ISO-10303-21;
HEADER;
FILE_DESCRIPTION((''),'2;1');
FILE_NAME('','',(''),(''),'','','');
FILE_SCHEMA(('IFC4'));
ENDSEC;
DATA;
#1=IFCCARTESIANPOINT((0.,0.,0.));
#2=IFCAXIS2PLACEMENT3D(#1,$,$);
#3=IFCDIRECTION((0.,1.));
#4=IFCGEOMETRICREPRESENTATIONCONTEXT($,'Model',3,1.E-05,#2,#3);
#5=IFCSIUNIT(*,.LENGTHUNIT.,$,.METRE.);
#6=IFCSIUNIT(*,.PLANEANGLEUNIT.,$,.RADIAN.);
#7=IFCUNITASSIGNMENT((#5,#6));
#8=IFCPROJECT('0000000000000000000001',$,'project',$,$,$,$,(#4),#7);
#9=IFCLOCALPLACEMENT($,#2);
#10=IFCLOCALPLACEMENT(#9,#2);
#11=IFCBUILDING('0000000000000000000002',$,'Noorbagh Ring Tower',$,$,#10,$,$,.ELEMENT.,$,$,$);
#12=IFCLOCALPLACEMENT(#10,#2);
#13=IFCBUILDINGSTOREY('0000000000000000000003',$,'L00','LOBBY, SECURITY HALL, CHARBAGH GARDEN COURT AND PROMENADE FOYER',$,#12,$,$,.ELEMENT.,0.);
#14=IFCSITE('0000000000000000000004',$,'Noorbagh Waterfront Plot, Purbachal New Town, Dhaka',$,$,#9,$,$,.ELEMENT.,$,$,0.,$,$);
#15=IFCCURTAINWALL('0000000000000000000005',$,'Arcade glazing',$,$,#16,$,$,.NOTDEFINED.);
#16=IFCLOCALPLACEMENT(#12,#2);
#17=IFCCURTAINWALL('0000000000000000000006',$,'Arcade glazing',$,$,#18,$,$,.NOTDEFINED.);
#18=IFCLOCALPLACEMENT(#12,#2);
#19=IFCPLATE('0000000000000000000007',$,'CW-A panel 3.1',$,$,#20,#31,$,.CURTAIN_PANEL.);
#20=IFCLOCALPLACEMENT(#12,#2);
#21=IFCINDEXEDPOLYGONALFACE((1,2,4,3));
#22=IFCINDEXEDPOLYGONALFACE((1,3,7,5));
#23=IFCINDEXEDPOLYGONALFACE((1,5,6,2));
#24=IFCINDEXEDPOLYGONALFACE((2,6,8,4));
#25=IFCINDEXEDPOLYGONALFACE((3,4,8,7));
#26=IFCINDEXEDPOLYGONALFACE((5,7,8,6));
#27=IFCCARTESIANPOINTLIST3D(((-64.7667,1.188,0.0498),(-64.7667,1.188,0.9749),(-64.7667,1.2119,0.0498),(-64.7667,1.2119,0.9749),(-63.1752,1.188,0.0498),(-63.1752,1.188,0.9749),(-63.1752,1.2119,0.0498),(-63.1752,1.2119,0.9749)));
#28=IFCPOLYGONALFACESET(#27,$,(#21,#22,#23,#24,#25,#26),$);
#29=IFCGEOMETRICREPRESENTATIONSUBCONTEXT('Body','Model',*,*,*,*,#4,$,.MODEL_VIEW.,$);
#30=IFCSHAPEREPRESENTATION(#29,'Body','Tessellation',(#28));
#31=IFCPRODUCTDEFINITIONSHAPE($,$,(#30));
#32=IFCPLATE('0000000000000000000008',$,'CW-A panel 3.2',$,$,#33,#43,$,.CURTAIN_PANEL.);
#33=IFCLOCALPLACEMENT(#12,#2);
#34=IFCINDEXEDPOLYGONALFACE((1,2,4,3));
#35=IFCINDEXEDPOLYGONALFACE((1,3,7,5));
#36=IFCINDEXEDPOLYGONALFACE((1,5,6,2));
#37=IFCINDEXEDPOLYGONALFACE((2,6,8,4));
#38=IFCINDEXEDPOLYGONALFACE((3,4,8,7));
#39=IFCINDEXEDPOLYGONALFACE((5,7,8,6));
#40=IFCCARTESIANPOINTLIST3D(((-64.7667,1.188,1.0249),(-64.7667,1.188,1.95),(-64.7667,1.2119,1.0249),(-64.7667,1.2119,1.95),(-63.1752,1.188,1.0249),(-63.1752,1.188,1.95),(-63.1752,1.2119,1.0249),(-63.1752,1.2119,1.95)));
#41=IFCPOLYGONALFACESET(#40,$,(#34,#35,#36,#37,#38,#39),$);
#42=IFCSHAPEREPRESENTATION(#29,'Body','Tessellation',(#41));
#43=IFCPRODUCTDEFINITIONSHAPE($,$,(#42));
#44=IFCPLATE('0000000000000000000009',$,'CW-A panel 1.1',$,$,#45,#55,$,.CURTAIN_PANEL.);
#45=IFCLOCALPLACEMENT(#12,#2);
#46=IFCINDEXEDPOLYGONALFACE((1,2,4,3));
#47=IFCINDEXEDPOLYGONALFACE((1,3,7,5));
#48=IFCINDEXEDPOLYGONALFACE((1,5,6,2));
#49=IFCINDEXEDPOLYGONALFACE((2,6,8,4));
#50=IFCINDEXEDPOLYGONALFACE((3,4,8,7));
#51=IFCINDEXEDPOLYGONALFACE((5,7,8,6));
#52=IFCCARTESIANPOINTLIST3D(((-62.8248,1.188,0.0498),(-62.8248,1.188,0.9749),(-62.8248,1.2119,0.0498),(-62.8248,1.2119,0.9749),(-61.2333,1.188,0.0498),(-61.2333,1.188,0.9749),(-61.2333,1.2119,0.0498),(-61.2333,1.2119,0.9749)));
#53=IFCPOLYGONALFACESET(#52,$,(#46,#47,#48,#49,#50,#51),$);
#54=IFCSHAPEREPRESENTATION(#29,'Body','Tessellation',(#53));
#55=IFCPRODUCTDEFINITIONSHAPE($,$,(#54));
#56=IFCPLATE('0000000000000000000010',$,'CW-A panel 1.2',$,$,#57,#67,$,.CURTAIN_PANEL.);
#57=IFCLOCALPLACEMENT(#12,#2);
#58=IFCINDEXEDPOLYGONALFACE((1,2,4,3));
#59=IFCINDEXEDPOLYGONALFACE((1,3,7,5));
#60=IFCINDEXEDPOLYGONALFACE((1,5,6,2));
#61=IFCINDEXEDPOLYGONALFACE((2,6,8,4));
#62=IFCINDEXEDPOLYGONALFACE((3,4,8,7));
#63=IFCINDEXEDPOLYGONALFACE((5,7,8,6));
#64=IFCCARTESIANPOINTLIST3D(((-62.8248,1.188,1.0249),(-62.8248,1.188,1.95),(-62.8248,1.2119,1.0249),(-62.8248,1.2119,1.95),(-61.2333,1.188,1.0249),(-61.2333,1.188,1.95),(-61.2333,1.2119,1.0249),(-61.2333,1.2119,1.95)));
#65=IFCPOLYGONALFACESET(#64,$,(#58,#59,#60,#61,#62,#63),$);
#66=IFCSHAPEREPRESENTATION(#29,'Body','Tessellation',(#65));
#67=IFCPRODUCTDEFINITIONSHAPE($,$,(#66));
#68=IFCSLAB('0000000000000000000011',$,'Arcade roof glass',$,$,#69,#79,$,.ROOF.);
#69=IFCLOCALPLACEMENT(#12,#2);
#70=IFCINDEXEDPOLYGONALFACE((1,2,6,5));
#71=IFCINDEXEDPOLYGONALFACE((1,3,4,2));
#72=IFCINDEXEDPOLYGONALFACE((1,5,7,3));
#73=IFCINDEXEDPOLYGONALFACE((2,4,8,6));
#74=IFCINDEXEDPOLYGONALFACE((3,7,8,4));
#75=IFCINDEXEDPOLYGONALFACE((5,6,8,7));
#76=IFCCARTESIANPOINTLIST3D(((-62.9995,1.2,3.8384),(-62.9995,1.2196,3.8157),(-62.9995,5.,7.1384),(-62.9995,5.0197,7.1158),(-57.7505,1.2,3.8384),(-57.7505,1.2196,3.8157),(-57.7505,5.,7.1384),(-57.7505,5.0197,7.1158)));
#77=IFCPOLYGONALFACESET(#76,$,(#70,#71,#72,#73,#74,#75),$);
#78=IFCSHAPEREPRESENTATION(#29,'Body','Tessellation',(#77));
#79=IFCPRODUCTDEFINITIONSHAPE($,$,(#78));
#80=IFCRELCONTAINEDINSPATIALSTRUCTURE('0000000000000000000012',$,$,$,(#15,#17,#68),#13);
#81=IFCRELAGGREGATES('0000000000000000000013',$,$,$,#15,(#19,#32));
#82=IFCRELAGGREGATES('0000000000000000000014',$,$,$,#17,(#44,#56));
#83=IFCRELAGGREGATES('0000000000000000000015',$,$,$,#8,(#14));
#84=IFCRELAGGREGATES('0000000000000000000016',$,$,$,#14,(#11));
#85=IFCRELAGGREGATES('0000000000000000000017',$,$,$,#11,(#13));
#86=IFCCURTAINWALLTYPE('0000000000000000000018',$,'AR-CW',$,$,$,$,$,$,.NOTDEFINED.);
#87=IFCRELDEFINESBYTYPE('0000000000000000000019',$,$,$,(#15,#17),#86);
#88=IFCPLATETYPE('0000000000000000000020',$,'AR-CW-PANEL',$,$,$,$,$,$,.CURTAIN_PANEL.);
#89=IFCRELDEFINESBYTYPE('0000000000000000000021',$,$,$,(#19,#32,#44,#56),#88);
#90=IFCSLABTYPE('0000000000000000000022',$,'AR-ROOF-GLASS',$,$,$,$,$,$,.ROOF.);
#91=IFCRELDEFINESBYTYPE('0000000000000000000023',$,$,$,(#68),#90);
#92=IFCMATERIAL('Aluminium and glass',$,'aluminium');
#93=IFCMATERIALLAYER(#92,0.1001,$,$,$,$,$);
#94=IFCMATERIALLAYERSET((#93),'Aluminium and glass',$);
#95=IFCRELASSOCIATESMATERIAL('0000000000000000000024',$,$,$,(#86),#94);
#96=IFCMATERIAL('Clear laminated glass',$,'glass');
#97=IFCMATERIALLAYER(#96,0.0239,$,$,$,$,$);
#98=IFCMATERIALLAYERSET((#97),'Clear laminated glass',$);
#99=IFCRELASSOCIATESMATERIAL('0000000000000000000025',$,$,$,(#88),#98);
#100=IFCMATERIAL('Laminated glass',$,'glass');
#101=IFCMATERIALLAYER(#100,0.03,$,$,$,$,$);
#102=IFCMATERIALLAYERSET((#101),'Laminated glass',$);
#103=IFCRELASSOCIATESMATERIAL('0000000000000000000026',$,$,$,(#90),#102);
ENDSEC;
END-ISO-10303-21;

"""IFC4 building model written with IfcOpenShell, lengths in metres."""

from ifc_helpers import new_model, si_unit, direction, frame, origin, origin_2d, place, context, subcontext, project, spatial, polyline, rectangle, outline, extrude, material, layer, layer_set, type_object, element, aggregate, save


model = new_model("IFC4")

# Units and contexts
model_context = context("Model", 3, precision=1e-05, world=origin(), true_north=direction((0.0, 1.0)))
body_context = subcontext(model_context, "Body", "Model", "MODEL_VIEW")
ifc_project = project(units=[si_unit("LENGTHUNIT", "METRE"), si_unit("PLANEANGLEUNIT", "RADIAN")], contexts=[model_context])

# Site, building, storey
site_placement = place(None, origin())
site = spatial("IfcSite", under=ifc_project, at=site_placement, Name="Noorbagh Waterfront Plot, Purbachal New Town, Dhaka", CompositionType="ELEMENT", RefElevation=0.0)
building_placement = place(site_placement, origin())
building = spatial("IfcBuilding", under=site, at=building_placement, Name="Noorbagh Ring Tower", CompositionType="ELEMENT")
storey_placement = place(building_placement, origin())
storey = spatial("IfcBuildingStorey", under=building, at=storey_placement, Name="L00", Description="LOBBY, SECURITY HALL, CHARBAGH GARDEN COURT AND PROMENADE FOYER", CompositionType="ELEMENT", Elevation=0.0)

# Curtain walls
ifc_material_1 = material(Name="Aluminium and glass", Category="aluminium")
ifc_layer_1 = layer(ifc_material_1, 0.1001)
ifc_layer_set_1 = layer_set([ifc_layer_1], Name="Aluminium and glass")
curtain_wall_type = type_object("IfcCurtainWallType", Name="AR-CW", PredefinedType="NOTDEFINED", material=ifc_layer_set_1)
curtain_wall_1_placement = place(storey_placement, origin())
curtain_wall_1 = element("IfcCurtainWall", 1, at=curtain_wall_1_placement, inside=storey, type_object=curtain_wall_type, Name="Arcade glazing", PredefinedType="NOTDEFINED")
curtain_wall_2_placement = place(storey_placement, origin())
curtain_wall_2 = element("IfcCurtainWall", 2, at=curtain_wall_2_placement, inside=storey, type_object=curtain_wall_type, Name="Arcade glazing", PredefinedType="NOTDEFINED")

# Plates
ifc_material_2 = material(Name="Clear laminated glass", Category="glass")
ifc_layer_2 = layer(ifc_material_2, 0.0239)
ifc_layer_set_2 = layer_set([ifc_layer_2], Name="Clear laminated glass")
plate_type = type_object("IfcPlateType", Name="AR-CW-PANEL", PredefinedType="CURTAIN_PANEL", material=ifc_layer_set_2)
plate_1_placement = place(storey_placement, frame((-63.9709, 1.2, 0.0498), z_axis=(0.0, 0.0, 1.0), x_axis=(1.0, 0.0, 0.0)))
plate_1 = element("IfcPlate", 3, at=plate_1_placement, type_object=plate_type, Name="CW-A panel 3.1", PredefinedType="CURTAIN_PANEL", context=body_context, shape_type="SweptSolid", body=[
    extrude(rectangle(XDim=1.5916, YDim=0.0239, at=origin_2d()), origin(), (0.0, 0.0, 1.0), 0.925),
])
plate_2_placement = place(storey_placement, frame((-63.9709, 1.2, 1.0249), z_axis=(0.0, 0.0, 1.0), x_axis=(1.0, 0.0, 0.0)))
plate_2 = element("IfcPlate", 4, at=plate_2_placement, type_object=plate_type, Name="CW-A panel 3.2", PredefinedType="CURTAIN_PANEL", context=body_context, shape_type="SweptSolid", body=[
    extrude(rectangle(XDim=1.5916, YDim=0.0239, at=origin_2d()), origin(), (0.0, 0.0, 1.0), 0.925),
])
aggregate(curtain_wall_1, [plate_1, plate_2])
plate_3_placement = place(storey_placement, frame((-62.0291, 1.2, 0.0498), z_axis=(0.0, 0.0, 1.0), x_axis=(1.0, 0.0, 0.0)))
plate_3 = element("IfcPlate", 5, at=plate_3_placement, type_object=plate_type, Name="CW-A panel 1.1", PredefinedType="CURTAIN_PANEL", context=body_context, shape_type="SweptSolid", body=[
    extrude(rectangle(XDim=1.5916, YDim=0.0239, at=origin_2d()), origin(), (0.0, 0.0, 1.0), 0.925),
])
plate_4_placement = place(storey_placement, frame((-62.0291, 1.2, 1.0249), z_axis=(0.0, 0.0, 1.0), x_axis=(1.0, 0.0, 0.0)))
plate_4 = element("IfcPlate", 6, at=plate_4_placement, type_object=plate_type, Name="CW-A panel 1.2", PredefinedType="CURTAIN_PANEL", context=body_context, shape_type="SweptSolid", body=[
    extrude(rectangle(XDim=1.5916, YDim=0.0239, at=origin_2d()), origin(), (0.0, 0.0, 1.0), 0.925),
])
aggregate(curtain_wall_2, [plate_3, plate_4])

# Slab
ifc_material_3 = material(Name="Laminated glass", Category="glass")
ifc_layer_3 = layer(ifc_material_3, 0.03)
ifc_layer_set_3 = layer_set([ifc_layer_3], Name="Laminated glass")
slab_type = type_object("IfcSlabType", Name="AR-ROOF-GLASS", PredefinedType="ROOF", material=ifc_layer_set_3)
slab_placement = place(storey_placement, frame((-62.9995, 1.2, 3.8384), z_axis=(0.0, -0.655687, 0.755032), x_axis=(1.0, 0.0, 0.0)))
element("IfcSlab", 7, at=slab_placement, inside=storey, type_object=slab_type, Name="Arcade roof glass", PredefinedType="ROOF", context=body_context, shape_type="SweptSolid", body=[
    extrude(outline(polyline([(0.0, 0.0), (5.249, 0.0), (5.249, 5.033), (0.0, 5.033), (0.0, 0.0)])), origin(), (0.0, 0.0, -1.0), 0.03),
])

save(model, "model.ifc")
